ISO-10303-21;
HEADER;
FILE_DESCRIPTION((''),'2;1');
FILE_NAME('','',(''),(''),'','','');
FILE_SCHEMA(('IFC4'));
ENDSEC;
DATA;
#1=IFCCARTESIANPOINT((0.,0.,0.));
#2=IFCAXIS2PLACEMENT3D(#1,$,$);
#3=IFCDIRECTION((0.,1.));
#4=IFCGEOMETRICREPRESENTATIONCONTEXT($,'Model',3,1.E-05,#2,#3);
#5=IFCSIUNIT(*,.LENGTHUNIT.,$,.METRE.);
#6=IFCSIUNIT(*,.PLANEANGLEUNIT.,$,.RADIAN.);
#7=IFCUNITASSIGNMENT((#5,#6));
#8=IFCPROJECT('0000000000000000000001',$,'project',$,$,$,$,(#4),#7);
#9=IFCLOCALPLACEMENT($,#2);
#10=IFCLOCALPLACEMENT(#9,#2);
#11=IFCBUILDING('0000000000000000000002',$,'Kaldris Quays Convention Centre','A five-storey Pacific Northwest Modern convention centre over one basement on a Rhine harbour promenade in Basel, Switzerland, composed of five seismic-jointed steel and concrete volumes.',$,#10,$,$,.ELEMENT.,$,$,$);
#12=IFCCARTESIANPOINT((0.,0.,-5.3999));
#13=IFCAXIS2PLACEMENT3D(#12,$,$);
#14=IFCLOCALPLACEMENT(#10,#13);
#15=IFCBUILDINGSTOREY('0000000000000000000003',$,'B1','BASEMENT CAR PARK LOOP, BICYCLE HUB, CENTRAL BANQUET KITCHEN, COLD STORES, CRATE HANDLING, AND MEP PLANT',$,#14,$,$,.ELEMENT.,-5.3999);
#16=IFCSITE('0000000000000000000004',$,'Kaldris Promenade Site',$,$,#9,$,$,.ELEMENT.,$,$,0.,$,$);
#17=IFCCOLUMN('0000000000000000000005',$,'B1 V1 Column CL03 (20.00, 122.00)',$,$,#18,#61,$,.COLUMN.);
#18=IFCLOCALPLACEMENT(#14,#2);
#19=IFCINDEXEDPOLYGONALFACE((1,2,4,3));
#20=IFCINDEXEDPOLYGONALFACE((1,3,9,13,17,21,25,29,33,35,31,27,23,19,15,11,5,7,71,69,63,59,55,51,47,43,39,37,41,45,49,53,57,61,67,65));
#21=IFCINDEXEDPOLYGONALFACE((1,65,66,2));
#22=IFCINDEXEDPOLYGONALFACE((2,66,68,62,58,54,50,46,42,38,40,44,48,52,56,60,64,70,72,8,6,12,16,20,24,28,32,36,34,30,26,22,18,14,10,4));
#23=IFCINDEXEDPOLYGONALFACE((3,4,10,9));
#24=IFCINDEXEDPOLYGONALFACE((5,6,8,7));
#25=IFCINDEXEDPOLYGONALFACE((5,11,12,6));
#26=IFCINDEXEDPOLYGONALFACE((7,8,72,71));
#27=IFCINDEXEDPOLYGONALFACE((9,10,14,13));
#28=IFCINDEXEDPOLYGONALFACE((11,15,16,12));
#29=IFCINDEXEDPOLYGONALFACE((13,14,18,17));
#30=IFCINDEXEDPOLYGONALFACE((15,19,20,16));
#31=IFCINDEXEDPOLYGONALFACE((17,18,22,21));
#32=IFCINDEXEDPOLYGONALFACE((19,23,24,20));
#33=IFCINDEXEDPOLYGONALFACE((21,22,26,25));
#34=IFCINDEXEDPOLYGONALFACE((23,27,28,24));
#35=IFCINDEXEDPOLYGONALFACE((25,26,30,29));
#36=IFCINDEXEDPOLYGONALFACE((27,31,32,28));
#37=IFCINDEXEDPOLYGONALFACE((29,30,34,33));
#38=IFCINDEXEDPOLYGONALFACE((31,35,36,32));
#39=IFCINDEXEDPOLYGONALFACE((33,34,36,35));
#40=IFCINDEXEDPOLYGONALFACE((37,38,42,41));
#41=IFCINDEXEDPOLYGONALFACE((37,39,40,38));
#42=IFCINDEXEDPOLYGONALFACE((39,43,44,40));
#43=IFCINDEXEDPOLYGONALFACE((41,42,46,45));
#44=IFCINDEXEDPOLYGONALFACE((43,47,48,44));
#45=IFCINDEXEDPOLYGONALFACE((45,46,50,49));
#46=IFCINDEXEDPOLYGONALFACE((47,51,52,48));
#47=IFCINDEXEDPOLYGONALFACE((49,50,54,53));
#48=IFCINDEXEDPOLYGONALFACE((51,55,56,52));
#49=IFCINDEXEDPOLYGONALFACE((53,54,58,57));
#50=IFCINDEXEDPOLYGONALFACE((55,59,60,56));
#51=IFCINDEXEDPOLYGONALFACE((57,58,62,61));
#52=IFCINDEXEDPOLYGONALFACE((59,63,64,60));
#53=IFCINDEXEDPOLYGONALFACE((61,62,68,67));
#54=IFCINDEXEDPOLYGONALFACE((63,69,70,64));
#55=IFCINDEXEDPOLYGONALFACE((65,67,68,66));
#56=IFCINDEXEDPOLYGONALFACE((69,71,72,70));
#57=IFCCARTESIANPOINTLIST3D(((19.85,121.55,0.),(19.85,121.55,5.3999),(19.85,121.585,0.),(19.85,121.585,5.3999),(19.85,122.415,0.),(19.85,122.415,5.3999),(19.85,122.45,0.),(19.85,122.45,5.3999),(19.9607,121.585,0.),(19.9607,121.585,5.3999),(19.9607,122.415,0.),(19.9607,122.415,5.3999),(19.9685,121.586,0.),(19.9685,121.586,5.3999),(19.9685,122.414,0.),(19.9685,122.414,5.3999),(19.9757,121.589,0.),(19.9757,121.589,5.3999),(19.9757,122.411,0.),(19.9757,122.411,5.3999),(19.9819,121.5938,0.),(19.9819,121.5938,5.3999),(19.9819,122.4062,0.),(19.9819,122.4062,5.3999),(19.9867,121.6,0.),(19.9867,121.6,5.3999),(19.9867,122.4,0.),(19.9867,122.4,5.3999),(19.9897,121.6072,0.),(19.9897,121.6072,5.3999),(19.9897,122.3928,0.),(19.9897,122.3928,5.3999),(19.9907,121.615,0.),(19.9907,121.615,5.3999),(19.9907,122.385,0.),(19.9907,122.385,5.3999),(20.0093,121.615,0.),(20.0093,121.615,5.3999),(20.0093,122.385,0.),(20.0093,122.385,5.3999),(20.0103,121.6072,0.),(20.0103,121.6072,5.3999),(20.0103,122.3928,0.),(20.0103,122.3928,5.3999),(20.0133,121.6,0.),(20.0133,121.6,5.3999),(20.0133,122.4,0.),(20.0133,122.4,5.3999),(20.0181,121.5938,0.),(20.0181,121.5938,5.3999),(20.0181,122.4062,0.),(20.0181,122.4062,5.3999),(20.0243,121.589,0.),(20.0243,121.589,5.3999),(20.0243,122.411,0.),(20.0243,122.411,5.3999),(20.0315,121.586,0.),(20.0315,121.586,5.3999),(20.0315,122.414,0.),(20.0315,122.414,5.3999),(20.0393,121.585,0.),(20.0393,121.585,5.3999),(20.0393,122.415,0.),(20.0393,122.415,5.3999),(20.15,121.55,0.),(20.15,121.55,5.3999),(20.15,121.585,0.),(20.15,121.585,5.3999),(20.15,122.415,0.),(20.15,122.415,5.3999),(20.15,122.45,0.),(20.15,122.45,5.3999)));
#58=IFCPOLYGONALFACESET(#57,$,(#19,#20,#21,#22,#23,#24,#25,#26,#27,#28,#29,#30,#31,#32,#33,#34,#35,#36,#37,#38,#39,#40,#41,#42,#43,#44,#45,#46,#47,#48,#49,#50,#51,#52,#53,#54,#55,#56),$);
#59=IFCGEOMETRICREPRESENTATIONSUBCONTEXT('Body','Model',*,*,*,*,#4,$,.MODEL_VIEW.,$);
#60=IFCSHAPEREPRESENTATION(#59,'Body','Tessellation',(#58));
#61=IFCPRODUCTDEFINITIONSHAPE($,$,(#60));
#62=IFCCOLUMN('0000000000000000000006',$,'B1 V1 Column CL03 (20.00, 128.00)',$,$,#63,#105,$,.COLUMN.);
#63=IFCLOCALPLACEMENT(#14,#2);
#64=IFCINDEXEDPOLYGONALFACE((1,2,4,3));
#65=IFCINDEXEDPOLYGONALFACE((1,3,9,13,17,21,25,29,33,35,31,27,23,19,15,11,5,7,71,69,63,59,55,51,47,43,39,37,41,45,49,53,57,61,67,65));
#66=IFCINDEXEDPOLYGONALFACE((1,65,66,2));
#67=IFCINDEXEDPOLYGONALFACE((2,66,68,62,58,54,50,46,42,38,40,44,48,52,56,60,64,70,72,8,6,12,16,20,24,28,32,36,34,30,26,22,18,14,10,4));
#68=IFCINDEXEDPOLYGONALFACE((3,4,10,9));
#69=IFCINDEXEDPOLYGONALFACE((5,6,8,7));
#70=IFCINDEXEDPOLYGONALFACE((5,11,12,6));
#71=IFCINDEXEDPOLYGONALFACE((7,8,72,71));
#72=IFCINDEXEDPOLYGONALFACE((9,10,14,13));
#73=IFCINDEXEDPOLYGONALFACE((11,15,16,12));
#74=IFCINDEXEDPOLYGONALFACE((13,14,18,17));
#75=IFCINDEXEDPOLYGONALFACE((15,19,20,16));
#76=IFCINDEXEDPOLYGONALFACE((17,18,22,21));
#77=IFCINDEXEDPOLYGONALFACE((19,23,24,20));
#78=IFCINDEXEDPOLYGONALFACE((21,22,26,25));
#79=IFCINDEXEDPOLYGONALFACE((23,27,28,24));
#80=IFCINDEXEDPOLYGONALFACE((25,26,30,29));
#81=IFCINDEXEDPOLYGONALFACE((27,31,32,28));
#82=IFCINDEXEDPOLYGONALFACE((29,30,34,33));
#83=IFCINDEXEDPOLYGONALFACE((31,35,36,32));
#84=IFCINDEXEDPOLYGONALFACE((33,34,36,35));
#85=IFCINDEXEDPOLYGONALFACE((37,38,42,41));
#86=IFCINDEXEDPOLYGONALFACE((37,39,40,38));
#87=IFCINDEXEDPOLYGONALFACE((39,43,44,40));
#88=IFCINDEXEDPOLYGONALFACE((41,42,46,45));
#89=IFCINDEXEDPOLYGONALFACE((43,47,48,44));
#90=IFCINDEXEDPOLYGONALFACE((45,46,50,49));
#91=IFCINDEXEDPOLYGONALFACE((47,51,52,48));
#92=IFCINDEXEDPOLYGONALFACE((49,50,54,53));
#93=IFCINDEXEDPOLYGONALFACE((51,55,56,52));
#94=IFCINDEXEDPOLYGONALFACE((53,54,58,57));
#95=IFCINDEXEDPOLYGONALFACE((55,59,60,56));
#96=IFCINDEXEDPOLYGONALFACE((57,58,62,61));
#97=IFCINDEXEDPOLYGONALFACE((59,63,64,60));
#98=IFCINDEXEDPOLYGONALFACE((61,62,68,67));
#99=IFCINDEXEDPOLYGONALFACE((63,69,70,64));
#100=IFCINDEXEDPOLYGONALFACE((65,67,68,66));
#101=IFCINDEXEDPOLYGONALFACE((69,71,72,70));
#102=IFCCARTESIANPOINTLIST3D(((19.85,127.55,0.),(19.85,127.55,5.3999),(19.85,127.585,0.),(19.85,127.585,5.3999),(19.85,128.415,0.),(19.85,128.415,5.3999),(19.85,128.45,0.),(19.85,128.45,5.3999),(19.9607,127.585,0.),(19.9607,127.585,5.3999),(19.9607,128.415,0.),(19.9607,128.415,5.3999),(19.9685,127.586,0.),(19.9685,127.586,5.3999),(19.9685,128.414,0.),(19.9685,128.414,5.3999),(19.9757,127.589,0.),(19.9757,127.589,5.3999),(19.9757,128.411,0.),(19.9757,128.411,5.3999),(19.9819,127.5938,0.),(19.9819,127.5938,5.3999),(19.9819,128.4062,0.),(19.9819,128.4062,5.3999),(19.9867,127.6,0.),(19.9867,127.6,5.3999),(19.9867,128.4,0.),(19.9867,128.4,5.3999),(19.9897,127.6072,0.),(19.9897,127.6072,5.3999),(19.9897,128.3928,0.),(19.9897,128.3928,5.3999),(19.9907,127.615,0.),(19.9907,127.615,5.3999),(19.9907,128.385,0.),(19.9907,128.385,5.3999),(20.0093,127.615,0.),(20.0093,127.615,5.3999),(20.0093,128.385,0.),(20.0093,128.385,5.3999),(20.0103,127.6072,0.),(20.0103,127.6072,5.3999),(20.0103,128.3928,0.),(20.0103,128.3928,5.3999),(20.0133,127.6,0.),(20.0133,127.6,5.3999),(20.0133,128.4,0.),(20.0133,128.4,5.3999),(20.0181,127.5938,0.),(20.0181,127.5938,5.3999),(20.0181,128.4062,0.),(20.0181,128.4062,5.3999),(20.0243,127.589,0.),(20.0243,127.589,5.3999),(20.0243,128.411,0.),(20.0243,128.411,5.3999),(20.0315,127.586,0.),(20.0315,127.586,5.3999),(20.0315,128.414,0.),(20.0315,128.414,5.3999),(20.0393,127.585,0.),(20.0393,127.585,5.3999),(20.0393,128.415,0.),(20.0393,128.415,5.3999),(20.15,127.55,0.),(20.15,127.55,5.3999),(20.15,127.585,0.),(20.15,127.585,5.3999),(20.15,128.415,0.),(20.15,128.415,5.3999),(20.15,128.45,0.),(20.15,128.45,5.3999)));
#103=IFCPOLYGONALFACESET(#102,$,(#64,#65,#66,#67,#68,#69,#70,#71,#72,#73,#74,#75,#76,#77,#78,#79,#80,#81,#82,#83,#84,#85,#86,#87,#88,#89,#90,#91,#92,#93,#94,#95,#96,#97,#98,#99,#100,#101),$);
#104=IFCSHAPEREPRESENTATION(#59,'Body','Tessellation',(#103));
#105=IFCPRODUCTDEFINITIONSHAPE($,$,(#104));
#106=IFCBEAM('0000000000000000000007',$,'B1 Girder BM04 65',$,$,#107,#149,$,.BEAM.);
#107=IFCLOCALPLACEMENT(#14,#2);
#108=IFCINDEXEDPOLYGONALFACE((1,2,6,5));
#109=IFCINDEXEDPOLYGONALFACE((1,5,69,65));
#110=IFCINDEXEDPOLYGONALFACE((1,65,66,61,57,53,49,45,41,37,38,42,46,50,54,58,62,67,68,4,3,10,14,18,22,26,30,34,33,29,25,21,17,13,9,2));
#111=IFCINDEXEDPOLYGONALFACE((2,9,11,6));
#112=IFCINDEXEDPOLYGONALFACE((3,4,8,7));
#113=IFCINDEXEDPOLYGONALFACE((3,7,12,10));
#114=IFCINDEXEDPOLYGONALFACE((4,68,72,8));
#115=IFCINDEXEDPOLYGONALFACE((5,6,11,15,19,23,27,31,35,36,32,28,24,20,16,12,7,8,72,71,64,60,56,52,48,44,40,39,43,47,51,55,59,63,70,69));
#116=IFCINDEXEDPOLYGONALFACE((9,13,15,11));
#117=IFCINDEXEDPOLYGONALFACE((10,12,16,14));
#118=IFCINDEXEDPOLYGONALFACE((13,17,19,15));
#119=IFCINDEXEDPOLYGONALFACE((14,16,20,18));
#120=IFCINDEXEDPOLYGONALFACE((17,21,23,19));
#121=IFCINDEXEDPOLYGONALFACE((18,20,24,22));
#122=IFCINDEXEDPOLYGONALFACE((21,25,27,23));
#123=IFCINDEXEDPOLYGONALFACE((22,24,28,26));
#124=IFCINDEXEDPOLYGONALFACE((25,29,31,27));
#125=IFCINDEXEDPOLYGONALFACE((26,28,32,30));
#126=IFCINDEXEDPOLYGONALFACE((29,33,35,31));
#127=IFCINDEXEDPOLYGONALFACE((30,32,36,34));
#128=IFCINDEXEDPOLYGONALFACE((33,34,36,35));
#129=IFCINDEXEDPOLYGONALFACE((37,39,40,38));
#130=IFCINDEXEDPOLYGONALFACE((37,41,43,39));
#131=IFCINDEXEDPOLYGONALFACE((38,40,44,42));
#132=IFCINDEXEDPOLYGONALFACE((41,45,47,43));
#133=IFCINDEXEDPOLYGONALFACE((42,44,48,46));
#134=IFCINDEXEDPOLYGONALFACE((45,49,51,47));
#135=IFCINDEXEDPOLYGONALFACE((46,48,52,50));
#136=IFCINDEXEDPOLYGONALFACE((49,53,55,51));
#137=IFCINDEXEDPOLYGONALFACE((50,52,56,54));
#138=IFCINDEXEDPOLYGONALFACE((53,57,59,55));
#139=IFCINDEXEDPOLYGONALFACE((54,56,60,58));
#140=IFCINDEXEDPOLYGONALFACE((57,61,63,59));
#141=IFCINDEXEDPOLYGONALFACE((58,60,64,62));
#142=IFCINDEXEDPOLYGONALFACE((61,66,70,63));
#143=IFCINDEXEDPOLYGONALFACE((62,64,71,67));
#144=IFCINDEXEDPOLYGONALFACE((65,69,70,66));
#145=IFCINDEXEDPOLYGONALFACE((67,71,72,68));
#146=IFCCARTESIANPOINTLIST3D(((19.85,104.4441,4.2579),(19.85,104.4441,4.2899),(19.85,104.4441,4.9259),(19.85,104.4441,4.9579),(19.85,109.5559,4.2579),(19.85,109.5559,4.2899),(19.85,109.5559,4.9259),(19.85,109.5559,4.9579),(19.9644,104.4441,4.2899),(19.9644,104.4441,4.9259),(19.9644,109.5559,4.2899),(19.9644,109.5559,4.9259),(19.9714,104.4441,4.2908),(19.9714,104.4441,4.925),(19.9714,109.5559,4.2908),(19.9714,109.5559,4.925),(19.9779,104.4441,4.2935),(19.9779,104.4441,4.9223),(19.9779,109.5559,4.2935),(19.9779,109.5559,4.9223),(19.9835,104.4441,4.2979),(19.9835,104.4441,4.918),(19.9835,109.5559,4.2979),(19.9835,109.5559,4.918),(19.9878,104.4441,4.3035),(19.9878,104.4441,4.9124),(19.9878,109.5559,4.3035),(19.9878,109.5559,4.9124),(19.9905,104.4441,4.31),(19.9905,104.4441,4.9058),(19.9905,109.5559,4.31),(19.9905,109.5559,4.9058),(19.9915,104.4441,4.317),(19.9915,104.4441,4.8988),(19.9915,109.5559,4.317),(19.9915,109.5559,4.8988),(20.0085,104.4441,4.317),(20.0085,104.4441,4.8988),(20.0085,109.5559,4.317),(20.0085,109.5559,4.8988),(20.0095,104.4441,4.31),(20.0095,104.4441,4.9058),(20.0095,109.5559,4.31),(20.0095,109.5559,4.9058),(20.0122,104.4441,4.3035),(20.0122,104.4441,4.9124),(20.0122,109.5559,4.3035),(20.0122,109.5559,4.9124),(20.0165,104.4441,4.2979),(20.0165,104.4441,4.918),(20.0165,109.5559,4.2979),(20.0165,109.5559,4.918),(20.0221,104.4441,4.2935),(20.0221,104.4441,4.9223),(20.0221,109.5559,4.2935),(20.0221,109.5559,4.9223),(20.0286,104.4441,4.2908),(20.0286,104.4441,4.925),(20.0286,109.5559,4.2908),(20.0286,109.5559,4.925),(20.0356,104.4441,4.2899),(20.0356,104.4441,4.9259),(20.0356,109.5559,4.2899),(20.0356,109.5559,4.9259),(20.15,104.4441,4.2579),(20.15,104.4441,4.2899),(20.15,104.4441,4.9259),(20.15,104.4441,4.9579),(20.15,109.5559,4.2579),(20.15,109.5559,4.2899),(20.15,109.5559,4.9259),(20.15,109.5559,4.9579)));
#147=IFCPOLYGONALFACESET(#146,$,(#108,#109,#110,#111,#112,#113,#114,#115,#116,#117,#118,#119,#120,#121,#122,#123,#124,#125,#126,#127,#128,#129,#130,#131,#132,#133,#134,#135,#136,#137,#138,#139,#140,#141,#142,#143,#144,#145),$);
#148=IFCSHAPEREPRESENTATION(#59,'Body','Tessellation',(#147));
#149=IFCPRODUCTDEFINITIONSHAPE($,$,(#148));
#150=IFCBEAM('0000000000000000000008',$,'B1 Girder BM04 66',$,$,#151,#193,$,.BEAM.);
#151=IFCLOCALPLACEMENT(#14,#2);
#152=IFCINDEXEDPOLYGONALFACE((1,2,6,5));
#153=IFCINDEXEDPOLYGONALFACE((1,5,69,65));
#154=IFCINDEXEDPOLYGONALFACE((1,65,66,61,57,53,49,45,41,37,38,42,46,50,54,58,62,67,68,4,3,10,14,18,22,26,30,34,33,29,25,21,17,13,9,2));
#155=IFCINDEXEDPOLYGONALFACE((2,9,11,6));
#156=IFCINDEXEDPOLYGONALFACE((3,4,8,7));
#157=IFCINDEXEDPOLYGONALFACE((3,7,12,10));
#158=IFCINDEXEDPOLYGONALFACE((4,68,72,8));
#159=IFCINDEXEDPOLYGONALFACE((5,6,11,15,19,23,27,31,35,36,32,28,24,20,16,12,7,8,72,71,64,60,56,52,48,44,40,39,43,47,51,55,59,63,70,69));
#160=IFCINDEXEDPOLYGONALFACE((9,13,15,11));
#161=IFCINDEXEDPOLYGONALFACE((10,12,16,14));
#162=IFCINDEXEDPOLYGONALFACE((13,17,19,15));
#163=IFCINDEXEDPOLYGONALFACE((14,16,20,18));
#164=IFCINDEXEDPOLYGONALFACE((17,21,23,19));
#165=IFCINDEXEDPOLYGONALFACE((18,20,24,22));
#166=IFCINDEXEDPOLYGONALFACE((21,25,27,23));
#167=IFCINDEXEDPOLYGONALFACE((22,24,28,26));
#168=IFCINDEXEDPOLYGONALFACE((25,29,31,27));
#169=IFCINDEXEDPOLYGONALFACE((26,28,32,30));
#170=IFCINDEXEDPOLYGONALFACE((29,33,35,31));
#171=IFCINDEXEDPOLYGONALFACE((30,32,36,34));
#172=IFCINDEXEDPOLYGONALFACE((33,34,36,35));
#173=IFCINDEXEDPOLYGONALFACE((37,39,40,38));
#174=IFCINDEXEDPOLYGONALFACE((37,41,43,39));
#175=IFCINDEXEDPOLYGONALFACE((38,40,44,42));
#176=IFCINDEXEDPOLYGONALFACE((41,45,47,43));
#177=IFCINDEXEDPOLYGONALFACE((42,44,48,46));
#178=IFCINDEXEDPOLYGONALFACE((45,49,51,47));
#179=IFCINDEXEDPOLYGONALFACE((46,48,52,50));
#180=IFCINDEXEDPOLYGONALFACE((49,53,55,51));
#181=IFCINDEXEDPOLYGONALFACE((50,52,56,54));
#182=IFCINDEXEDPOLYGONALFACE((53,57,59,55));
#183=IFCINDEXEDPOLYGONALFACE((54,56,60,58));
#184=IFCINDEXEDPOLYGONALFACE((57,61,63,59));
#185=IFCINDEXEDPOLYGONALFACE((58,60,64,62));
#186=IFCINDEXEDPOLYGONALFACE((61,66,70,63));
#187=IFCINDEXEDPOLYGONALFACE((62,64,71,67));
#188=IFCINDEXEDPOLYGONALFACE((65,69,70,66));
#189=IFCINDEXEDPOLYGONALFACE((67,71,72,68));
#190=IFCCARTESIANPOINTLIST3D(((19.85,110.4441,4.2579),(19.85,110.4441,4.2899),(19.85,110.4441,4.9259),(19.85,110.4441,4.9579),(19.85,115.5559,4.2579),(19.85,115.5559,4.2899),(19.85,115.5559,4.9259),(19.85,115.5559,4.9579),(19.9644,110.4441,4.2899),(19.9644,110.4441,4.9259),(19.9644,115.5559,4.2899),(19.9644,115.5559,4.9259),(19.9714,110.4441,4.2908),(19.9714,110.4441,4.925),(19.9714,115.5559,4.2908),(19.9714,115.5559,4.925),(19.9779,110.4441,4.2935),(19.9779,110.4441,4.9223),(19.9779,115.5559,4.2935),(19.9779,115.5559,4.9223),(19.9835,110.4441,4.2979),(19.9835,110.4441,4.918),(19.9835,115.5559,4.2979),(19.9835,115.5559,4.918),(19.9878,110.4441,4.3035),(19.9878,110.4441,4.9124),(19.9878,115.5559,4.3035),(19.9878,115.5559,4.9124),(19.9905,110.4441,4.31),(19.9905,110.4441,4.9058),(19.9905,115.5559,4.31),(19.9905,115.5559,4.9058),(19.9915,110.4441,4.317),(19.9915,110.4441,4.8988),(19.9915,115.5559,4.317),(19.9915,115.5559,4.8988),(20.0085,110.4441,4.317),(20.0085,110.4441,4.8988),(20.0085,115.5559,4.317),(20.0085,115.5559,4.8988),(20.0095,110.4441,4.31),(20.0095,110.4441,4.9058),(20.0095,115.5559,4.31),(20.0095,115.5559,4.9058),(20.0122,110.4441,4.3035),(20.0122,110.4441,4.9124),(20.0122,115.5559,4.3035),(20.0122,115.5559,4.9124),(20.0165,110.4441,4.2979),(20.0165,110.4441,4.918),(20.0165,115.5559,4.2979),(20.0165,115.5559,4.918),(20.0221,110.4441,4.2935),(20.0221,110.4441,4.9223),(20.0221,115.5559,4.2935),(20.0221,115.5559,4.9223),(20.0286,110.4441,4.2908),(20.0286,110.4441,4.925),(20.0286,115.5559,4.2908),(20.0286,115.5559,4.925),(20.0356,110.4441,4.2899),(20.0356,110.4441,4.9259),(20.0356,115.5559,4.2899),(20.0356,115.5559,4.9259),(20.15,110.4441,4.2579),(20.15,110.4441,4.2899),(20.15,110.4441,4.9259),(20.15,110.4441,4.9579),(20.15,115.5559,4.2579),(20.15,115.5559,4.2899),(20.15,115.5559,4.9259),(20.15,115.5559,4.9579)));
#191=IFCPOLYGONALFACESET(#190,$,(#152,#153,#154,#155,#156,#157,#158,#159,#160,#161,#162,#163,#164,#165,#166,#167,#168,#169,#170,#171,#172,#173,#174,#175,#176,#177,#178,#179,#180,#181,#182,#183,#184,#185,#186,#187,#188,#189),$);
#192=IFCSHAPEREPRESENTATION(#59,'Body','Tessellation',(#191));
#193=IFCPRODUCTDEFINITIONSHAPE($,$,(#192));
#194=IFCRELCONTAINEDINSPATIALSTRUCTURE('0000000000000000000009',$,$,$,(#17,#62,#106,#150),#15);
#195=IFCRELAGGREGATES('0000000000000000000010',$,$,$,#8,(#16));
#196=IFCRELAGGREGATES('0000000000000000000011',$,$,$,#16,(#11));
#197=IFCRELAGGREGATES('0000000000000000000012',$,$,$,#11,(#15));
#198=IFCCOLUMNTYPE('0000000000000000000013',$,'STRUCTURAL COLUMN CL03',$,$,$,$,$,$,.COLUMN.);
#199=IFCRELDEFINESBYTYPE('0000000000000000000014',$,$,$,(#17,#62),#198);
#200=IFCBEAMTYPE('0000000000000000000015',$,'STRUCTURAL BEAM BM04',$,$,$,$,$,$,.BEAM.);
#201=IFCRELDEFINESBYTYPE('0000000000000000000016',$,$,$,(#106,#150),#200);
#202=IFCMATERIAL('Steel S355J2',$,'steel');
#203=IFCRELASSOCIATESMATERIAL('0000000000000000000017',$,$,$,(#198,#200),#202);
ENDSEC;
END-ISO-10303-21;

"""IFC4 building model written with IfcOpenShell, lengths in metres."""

from ifc_helpers import new_model, si_unit, direction, frame, origin, origin_2d, place, context, subcontext, project, spatial, i_section, extrude, material, material_profile, profile_set, type_object, element, save


model = new_model("IFC4")

# Units and contexts
model_context = context("Model", 3, precision=1e-05, world=origin(), true_north=direction((0.0, 1.0)))
body_context = subcontext(model_context, "Body", "Model", "MODEL_VIEW")
ifc_project = project(units=[si_unit("LENGTHUNIT", "METRE"), si_unit("PLANEANGLEUNIT", "RADIAN")], contexts=[model_context])

# Site, building, storey
site_placement = place(None, origin())
site = spatial("IfcSite", under=ifc_project, at=site_placement, Name="Kaldris Promenade Site", CompositionType="ELEMENT", RefElevation=0.0)
building_placement = place(site_placement, origin())
building = spatial("IfcBuilding", under=site, at=building_placement, Name="Kaldris Quays Convention Centre", Description="A five-storey Pacific Northwest Modern convention centre over one basement on a Rhine harbour promenade in Basel, Switzerland, composed of five seismic-jointed steel and concrete volumes.", CompositionType="ELEMENT")
storey_placement = place(building_placement, frame((0.0, 0.0, -5.3999)))
storey = spatial("IfcBuildingStorey", under=building, at=storey_placement, Name="B1", Description="BASEMENT CAR PARK LOOP, BICYCLE HUB, CENTRAL BANQUET KITCHEN, COLD STORES, CRATE HANDLING, AND MEP PLANT", CompositionType="ELEMENT", Elevation=-5.3999)

# Columns
ifc_material_1 = material(Name="Steel S355J2", Category="steel")
ifc_material_profile_1 = material_profile(ifc_material_1, i_section(OverallWidth=0.3, OverallDepth=0.8999, WebThickness=0.0186, FlangeThickness=0.0349, FilletRadius=0.03, at=origin_2d()), Name="HEB 900")
ifc_profile_set_1 = profile_set([ifc_material_profile_1], Name="Steel S355J2")
column_type = type_object("IfcColumnType", Name="STRUCTURAL COLUMN CL03", PredefinedType="COLUMN", material=ifc_profile_set_1)
for number, where, z_axis, x_axis, name in (
    (1, (20.0, 122.0, 0.0), (0.0, 0.0, 1.0), (1.0, 0.0, 0.0), "B1 V1 Column CL03 (20.00, 122.00)"),
    (2, (20.0, 128.0, 0.0), (0.0, 0.0, 1.0), (1.0, 0.0, 0.0), "B1 V1 Column CL03 (20.00, 128.00)"),
):
    element("IfcColumn", number, at=place(storey_placement, frame(where, z_axis=z_axis, x_axis=x_axis)), inside=storey, type_object=column_type, Name=name, PredefinedType="COLUMN", context=body_context, shape_type="SweptSolid", body=[
        extrude(i_section(OverallWidth=0.3, OverallDepth=0.8999, WebThickness=0.0186, FlangeThickness=0.0349, FilletRadius=0.03, at=origin_2d()), origin(), (0.0, 0.0, 1.0), 5.3999),
    ])

# Beams
ifc_material_profile_2 = material_profile(ifc_material_1, i_section(OverallWidth=0.3, OverallDepth=0.7, WebThickness=0.0171, FlangeThickness=0.032, FilletRadius=0.0271, at=origin_2d()), Name="HEB 700")
ifc_profile_set_2 = profile_set([ifc_material_profile_2], Name="Steel S355J2")
beam_type = type_object("IfcBeamType", Name="STRUCTURAL BEAM BM04", PredefinedType="BEAM", material=ifc_profile_set_2)
for number, where, z_axis, x_axis, name in (
    (3, (20.0, 104.4441, 4.6079), (0.0, 1.0, 0.0), (-1.0, 0.0, 0.0), "B1 Girder BM04 65"),
    (4, (20.0, 110.4441, 4.6079), (0.0, 1.0, 0.0), (-1.0, 0.0, 0.0), "B1 Girder BM04 66"),
):
    element("IfcBeam", number, at=place(storey_placement, frame(where, z_axis=z_axis, x_axis=x_axis)), inside=storey, type_object=beam_type, Name=name, PredefinedType="BEAM", context=body_context, shape_type="SweptSolid", body=[
        extrude(i_section(OverallWidth=0.3, OverallDepth=0.7, WebThickness=0.0171, FlangeThickness=0.032, FilletRadius=0.0271, at=origin_2d()), origin(), (0.0, 0.0, 1.0), 5.1118),
    ])

save(model, "model.ifc")
